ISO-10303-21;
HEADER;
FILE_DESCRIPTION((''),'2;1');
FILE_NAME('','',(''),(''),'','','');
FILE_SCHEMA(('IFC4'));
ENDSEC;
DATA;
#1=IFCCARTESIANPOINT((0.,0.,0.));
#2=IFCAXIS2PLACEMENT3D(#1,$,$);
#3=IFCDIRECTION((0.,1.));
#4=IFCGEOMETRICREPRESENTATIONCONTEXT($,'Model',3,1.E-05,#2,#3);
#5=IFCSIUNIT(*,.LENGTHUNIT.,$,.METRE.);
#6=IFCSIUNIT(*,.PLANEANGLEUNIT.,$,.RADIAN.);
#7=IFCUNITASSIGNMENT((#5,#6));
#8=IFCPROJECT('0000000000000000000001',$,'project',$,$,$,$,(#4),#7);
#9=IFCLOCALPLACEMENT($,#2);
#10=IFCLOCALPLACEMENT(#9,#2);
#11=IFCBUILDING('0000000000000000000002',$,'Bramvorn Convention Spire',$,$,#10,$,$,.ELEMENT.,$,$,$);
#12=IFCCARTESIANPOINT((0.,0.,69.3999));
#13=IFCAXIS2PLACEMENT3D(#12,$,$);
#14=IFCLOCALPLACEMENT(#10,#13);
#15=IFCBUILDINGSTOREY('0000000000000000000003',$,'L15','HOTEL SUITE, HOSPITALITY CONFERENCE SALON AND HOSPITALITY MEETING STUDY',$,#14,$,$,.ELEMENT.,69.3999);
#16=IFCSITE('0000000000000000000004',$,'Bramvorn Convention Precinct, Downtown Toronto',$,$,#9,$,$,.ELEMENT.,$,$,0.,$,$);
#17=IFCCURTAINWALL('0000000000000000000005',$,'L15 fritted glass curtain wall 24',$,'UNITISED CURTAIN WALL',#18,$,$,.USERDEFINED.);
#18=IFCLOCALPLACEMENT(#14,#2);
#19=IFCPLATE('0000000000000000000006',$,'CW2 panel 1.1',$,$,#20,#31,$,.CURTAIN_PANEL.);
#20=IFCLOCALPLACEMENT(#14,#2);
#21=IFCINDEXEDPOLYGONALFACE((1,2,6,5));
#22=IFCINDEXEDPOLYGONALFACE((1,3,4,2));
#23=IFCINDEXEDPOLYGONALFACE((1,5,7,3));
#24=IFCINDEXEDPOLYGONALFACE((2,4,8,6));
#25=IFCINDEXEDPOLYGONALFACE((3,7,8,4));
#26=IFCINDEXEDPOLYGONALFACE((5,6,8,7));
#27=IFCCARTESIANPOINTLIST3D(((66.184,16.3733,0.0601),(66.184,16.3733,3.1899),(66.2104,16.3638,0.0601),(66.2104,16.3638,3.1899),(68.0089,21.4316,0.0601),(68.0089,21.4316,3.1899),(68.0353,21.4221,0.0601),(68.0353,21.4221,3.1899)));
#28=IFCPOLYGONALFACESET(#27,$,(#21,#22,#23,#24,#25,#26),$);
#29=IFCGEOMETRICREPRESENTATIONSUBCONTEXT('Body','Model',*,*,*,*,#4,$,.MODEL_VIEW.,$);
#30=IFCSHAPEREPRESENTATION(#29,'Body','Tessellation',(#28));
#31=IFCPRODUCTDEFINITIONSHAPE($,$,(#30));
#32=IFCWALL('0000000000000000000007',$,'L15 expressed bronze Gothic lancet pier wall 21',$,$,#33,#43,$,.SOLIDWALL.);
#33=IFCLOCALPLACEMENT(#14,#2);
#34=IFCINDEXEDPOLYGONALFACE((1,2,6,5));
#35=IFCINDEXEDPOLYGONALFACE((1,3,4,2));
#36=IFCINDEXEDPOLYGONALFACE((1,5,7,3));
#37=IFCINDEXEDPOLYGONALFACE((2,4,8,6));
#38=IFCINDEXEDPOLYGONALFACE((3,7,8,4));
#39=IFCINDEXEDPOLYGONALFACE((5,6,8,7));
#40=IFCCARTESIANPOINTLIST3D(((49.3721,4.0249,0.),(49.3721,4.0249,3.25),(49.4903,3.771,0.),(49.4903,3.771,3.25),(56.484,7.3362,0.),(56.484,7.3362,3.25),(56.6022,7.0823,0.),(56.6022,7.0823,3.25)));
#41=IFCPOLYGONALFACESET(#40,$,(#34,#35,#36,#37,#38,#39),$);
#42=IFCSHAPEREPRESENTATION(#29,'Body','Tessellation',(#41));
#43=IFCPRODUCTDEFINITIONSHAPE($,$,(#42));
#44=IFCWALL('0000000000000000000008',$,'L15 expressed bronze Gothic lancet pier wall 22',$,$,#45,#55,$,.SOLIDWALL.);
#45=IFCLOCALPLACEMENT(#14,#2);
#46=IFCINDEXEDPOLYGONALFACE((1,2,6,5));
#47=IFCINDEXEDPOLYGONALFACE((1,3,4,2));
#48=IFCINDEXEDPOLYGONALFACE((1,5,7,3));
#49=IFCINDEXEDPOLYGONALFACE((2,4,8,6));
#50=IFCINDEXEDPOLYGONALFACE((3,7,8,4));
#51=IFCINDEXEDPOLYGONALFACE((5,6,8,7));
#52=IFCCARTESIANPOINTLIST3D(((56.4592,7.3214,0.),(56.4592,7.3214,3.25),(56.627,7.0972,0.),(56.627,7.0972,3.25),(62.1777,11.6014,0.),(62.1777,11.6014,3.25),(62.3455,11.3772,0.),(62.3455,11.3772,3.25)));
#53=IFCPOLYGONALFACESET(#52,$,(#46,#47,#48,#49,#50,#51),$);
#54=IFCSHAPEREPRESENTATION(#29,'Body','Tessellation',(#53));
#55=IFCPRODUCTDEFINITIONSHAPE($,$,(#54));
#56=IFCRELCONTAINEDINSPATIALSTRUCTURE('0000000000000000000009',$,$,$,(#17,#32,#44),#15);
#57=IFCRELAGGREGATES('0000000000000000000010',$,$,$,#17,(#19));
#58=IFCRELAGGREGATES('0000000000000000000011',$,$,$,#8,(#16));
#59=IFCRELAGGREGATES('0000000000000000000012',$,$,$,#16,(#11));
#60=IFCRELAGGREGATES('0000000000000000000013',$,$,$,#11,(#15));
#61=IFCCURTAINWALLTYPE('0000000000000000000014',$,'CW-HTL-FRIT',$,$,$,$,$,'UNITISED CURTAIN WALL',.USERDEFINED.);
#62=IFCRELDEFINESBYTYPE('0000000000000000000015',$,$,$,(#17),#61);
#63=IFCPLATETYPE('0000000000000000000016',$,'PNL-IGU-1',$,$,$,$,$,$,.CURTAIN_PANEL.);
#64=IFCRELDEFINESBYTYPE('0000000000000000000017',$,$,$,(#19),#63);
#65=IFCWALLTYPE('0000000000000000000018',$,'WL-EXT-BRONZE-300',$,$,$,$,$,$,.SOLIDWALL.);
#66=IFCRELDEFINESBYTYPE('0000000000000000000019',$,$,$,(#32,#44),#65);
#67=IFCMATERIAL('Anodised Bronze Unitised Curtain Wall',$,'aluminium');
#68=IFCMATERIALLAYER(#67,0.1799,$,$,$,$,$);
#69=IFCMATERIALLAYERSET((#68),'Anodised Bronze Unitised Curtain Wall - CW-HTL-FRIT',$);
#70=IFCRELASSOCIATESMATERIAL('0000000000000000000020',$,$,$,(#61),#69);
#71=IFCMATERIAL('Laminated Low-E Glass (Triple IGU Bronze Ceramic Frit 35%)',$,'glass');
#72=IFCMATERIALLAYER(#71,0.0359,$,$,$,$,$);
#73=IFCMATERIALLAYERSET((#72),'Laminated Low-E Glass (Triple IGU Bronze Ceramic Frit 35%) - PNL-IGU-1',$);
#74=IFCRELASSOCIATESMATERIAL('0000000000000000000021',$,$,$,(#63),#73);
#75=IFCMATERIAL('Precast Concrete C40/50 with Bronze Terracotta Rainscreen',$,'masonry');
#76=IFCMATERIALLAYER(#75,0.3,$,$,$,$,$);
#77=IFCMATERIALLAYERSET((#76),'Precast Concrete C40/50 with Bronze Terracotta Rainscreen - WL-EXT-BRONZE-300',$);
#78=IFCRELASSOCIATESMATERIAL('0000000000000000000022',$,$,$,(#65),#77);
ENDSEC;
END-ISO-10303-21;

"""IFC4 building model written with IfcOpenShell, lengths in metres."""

from ifc_helpers import new_model, si_unit, direction, frame, frame_2d, origin, origin_2d, place, context, subcontext, project, spatial, rectangle, extrude, material, layer, layer_set, type_object, element, aggregate, save


model = new_model("IFC4")

# Units and contexts
model_context = context("Model", 3, precision=1e-05, world=origin(), true_north=direction((0.0, 1.0)))
body_context = subcontext(model_context, "Body", "Model", "MODEL_VIEW")
ifc_project = project(units=[si_unit("LENGTHUNIT", "METRE"), si_unit("PLANEANGLEUNIT", "RADIAN")], contexts=[model_context])

# Site, building, storey
site_placement = place(None, origin())
site = spatial("IfcSite", under=ifc_project, at=site_placement, Name="Bramvorn Convention Precinct, Downtown Toronto", CompositionType="ELEMENT", RefElevation=0.0)
building_placement = place(site_placement, origin())
building = spatial("IfcBuilding", under=site, at=building_placement, Name="Bramvorn Convention Spire", CompositionType="ELEMENT")
storey_placement = place(building_placement, frame((0.0, 0.0, 69.3999)))
storey = spatial("IfcBuildingStorey", under=building, at=storey_placement, Name="L15", Description="HOTEL SUITE, HOSPITALITY CONFERENCE SALON AND HOSPITALITY MEETING STUDY", CompositionType="ELEMENT", Elevation=69.3999)

# Curtain wall
ifc_material_1 = material(Name="Anodised Bronze Unitised Curtain Wall", Category="aluminium")
ifc_layer_1 = layer(ifc_material_1, 0.1799)
ifc_layer_set_1 = layer_set([ifc_layer_1], Name="Anodised Bronze Unitised Curtain Wall - CW-HTL-FRIT")
curtain_wall_type = type_object("IfcCurtainWallType", Name="CW-HTL-FRIT", ElementType="UNITISED CURTAIN WALL", PredefinedType="USERDEFINED", material=ifc_layer_set_1)
curtain_wall_1_placement = place(storey_placement, origin())
curtain_wall_1 = element("IfcCurtainWall", 1, at=curtain_wall_1_placement, inside=storey, type_object=curtain_wall_type, Name="L15 fritted glass curtain wall 24", ObjectType="UNITISED CURTAIN WALL", PredefinedType="USERDEFINED")

# Plate
ifc_material_2 = material(Name="Laminated Low-E Glass (Triple IGU Bronze Ceramic Frit 35%)", Category="glass")
ifc_layer_2 = layer(ifc_material_2, 0.0359)
ifc_layer_set_2 = layer_set([ifc_layer_2], Name="Laminated Low-E Glass (Triple IGU Bronze Ceramic Frit 35%) - PNL-IGU-1")
plate_type = type_object("IfcPlateType", Name="PNL-IGU-1", PredefinedType="CURTAIN_PANEL", material=ifc_layer_set_2)
plate_1_placement = place(storey_placement, frame((67.1096, 18.8977, 0.0601), z_axis=(0.0, 0.0, 1.0), x_axis=(-0.339364, -0.940655, 0.0)))
plate_1 = element("IfcPlate", 2, at=plate_1_placement, type_object=plate_type, Name="CW2 panel 1.1", PredefinedType="CURTAIN_PANEL", context=body_context, shape_type="SweptSolid", body=[
    extrude(rectangle(XDim=5.3774, YDim=0.0281, at=origin_2d()), origin(), (0.0, 0.0, 1.0), 3.1299),
])
aggregate(curtain_wall_1, [plate_1])

# Walls
ifc_material_3 = material(Name="Precast Concrete C40/50 with Bronze Terracotta Rainscreen", Category="masonry")
ifc_layer_3 = layer(ifc_material_3, 0.3)
ifc_layer_set_3 = layer_set([ifc_layer_3], Name="Precast Concrete C40/50 with Bronze Terracotta Rainscreen - WL-EXT-BRONZE-300")
wall_type = type_object("IfcWallType", Name="WL-EXT-BRONZE-300", PredefinedType="SOLIDWALL", material=ifc_layer_set_3)
wall_1_placement = place(storey_placement, frame((56.543, 7.2092, 0.0), z_axis=(0.0, 0.0, 1.0), x_axis=(-0.906552, -0.422093, 0.0)))
element("IfcWall", 3, at=wall_1_placement, inside=storey, type_object=wall_type, Name="L15 expressed bronze Gothic lancet pier wall 21", PredefinedType="SOLIDWALL", context=body_context, shape_type="SweptSolid", body=[
    extrude(rectangle(XDim=7.845, YDim=0.28, at=frame_2d((3.9224, 0.0))), origin(), (0.0, 0.0, 1.0), 3.25),
])
wall_2_placement = place(storey_placement, frame((62.2615, 11.4893, 0.0), z_axis=(0.0, 0.0, 1.0), x_axis=(-0.800594, -0.599207, 0.0)))
element("IfcWall", 4, at=wall_2_placement, inside=storey, type_object=wall_type, Name="L15 expressed bronze Gothic lancet pier wall 22", PredefinedType="SOLIDWALL", context=body_context, shape_type="SweptSolid", body=[
    extrude(rectangle(XDim=7.1428, YDim=0.28, at=frame_2d((3.5713, 0.0))), origin(), (0.0, 0.0, 1.0), 3.25),
])

save(model, "model.ifc")
